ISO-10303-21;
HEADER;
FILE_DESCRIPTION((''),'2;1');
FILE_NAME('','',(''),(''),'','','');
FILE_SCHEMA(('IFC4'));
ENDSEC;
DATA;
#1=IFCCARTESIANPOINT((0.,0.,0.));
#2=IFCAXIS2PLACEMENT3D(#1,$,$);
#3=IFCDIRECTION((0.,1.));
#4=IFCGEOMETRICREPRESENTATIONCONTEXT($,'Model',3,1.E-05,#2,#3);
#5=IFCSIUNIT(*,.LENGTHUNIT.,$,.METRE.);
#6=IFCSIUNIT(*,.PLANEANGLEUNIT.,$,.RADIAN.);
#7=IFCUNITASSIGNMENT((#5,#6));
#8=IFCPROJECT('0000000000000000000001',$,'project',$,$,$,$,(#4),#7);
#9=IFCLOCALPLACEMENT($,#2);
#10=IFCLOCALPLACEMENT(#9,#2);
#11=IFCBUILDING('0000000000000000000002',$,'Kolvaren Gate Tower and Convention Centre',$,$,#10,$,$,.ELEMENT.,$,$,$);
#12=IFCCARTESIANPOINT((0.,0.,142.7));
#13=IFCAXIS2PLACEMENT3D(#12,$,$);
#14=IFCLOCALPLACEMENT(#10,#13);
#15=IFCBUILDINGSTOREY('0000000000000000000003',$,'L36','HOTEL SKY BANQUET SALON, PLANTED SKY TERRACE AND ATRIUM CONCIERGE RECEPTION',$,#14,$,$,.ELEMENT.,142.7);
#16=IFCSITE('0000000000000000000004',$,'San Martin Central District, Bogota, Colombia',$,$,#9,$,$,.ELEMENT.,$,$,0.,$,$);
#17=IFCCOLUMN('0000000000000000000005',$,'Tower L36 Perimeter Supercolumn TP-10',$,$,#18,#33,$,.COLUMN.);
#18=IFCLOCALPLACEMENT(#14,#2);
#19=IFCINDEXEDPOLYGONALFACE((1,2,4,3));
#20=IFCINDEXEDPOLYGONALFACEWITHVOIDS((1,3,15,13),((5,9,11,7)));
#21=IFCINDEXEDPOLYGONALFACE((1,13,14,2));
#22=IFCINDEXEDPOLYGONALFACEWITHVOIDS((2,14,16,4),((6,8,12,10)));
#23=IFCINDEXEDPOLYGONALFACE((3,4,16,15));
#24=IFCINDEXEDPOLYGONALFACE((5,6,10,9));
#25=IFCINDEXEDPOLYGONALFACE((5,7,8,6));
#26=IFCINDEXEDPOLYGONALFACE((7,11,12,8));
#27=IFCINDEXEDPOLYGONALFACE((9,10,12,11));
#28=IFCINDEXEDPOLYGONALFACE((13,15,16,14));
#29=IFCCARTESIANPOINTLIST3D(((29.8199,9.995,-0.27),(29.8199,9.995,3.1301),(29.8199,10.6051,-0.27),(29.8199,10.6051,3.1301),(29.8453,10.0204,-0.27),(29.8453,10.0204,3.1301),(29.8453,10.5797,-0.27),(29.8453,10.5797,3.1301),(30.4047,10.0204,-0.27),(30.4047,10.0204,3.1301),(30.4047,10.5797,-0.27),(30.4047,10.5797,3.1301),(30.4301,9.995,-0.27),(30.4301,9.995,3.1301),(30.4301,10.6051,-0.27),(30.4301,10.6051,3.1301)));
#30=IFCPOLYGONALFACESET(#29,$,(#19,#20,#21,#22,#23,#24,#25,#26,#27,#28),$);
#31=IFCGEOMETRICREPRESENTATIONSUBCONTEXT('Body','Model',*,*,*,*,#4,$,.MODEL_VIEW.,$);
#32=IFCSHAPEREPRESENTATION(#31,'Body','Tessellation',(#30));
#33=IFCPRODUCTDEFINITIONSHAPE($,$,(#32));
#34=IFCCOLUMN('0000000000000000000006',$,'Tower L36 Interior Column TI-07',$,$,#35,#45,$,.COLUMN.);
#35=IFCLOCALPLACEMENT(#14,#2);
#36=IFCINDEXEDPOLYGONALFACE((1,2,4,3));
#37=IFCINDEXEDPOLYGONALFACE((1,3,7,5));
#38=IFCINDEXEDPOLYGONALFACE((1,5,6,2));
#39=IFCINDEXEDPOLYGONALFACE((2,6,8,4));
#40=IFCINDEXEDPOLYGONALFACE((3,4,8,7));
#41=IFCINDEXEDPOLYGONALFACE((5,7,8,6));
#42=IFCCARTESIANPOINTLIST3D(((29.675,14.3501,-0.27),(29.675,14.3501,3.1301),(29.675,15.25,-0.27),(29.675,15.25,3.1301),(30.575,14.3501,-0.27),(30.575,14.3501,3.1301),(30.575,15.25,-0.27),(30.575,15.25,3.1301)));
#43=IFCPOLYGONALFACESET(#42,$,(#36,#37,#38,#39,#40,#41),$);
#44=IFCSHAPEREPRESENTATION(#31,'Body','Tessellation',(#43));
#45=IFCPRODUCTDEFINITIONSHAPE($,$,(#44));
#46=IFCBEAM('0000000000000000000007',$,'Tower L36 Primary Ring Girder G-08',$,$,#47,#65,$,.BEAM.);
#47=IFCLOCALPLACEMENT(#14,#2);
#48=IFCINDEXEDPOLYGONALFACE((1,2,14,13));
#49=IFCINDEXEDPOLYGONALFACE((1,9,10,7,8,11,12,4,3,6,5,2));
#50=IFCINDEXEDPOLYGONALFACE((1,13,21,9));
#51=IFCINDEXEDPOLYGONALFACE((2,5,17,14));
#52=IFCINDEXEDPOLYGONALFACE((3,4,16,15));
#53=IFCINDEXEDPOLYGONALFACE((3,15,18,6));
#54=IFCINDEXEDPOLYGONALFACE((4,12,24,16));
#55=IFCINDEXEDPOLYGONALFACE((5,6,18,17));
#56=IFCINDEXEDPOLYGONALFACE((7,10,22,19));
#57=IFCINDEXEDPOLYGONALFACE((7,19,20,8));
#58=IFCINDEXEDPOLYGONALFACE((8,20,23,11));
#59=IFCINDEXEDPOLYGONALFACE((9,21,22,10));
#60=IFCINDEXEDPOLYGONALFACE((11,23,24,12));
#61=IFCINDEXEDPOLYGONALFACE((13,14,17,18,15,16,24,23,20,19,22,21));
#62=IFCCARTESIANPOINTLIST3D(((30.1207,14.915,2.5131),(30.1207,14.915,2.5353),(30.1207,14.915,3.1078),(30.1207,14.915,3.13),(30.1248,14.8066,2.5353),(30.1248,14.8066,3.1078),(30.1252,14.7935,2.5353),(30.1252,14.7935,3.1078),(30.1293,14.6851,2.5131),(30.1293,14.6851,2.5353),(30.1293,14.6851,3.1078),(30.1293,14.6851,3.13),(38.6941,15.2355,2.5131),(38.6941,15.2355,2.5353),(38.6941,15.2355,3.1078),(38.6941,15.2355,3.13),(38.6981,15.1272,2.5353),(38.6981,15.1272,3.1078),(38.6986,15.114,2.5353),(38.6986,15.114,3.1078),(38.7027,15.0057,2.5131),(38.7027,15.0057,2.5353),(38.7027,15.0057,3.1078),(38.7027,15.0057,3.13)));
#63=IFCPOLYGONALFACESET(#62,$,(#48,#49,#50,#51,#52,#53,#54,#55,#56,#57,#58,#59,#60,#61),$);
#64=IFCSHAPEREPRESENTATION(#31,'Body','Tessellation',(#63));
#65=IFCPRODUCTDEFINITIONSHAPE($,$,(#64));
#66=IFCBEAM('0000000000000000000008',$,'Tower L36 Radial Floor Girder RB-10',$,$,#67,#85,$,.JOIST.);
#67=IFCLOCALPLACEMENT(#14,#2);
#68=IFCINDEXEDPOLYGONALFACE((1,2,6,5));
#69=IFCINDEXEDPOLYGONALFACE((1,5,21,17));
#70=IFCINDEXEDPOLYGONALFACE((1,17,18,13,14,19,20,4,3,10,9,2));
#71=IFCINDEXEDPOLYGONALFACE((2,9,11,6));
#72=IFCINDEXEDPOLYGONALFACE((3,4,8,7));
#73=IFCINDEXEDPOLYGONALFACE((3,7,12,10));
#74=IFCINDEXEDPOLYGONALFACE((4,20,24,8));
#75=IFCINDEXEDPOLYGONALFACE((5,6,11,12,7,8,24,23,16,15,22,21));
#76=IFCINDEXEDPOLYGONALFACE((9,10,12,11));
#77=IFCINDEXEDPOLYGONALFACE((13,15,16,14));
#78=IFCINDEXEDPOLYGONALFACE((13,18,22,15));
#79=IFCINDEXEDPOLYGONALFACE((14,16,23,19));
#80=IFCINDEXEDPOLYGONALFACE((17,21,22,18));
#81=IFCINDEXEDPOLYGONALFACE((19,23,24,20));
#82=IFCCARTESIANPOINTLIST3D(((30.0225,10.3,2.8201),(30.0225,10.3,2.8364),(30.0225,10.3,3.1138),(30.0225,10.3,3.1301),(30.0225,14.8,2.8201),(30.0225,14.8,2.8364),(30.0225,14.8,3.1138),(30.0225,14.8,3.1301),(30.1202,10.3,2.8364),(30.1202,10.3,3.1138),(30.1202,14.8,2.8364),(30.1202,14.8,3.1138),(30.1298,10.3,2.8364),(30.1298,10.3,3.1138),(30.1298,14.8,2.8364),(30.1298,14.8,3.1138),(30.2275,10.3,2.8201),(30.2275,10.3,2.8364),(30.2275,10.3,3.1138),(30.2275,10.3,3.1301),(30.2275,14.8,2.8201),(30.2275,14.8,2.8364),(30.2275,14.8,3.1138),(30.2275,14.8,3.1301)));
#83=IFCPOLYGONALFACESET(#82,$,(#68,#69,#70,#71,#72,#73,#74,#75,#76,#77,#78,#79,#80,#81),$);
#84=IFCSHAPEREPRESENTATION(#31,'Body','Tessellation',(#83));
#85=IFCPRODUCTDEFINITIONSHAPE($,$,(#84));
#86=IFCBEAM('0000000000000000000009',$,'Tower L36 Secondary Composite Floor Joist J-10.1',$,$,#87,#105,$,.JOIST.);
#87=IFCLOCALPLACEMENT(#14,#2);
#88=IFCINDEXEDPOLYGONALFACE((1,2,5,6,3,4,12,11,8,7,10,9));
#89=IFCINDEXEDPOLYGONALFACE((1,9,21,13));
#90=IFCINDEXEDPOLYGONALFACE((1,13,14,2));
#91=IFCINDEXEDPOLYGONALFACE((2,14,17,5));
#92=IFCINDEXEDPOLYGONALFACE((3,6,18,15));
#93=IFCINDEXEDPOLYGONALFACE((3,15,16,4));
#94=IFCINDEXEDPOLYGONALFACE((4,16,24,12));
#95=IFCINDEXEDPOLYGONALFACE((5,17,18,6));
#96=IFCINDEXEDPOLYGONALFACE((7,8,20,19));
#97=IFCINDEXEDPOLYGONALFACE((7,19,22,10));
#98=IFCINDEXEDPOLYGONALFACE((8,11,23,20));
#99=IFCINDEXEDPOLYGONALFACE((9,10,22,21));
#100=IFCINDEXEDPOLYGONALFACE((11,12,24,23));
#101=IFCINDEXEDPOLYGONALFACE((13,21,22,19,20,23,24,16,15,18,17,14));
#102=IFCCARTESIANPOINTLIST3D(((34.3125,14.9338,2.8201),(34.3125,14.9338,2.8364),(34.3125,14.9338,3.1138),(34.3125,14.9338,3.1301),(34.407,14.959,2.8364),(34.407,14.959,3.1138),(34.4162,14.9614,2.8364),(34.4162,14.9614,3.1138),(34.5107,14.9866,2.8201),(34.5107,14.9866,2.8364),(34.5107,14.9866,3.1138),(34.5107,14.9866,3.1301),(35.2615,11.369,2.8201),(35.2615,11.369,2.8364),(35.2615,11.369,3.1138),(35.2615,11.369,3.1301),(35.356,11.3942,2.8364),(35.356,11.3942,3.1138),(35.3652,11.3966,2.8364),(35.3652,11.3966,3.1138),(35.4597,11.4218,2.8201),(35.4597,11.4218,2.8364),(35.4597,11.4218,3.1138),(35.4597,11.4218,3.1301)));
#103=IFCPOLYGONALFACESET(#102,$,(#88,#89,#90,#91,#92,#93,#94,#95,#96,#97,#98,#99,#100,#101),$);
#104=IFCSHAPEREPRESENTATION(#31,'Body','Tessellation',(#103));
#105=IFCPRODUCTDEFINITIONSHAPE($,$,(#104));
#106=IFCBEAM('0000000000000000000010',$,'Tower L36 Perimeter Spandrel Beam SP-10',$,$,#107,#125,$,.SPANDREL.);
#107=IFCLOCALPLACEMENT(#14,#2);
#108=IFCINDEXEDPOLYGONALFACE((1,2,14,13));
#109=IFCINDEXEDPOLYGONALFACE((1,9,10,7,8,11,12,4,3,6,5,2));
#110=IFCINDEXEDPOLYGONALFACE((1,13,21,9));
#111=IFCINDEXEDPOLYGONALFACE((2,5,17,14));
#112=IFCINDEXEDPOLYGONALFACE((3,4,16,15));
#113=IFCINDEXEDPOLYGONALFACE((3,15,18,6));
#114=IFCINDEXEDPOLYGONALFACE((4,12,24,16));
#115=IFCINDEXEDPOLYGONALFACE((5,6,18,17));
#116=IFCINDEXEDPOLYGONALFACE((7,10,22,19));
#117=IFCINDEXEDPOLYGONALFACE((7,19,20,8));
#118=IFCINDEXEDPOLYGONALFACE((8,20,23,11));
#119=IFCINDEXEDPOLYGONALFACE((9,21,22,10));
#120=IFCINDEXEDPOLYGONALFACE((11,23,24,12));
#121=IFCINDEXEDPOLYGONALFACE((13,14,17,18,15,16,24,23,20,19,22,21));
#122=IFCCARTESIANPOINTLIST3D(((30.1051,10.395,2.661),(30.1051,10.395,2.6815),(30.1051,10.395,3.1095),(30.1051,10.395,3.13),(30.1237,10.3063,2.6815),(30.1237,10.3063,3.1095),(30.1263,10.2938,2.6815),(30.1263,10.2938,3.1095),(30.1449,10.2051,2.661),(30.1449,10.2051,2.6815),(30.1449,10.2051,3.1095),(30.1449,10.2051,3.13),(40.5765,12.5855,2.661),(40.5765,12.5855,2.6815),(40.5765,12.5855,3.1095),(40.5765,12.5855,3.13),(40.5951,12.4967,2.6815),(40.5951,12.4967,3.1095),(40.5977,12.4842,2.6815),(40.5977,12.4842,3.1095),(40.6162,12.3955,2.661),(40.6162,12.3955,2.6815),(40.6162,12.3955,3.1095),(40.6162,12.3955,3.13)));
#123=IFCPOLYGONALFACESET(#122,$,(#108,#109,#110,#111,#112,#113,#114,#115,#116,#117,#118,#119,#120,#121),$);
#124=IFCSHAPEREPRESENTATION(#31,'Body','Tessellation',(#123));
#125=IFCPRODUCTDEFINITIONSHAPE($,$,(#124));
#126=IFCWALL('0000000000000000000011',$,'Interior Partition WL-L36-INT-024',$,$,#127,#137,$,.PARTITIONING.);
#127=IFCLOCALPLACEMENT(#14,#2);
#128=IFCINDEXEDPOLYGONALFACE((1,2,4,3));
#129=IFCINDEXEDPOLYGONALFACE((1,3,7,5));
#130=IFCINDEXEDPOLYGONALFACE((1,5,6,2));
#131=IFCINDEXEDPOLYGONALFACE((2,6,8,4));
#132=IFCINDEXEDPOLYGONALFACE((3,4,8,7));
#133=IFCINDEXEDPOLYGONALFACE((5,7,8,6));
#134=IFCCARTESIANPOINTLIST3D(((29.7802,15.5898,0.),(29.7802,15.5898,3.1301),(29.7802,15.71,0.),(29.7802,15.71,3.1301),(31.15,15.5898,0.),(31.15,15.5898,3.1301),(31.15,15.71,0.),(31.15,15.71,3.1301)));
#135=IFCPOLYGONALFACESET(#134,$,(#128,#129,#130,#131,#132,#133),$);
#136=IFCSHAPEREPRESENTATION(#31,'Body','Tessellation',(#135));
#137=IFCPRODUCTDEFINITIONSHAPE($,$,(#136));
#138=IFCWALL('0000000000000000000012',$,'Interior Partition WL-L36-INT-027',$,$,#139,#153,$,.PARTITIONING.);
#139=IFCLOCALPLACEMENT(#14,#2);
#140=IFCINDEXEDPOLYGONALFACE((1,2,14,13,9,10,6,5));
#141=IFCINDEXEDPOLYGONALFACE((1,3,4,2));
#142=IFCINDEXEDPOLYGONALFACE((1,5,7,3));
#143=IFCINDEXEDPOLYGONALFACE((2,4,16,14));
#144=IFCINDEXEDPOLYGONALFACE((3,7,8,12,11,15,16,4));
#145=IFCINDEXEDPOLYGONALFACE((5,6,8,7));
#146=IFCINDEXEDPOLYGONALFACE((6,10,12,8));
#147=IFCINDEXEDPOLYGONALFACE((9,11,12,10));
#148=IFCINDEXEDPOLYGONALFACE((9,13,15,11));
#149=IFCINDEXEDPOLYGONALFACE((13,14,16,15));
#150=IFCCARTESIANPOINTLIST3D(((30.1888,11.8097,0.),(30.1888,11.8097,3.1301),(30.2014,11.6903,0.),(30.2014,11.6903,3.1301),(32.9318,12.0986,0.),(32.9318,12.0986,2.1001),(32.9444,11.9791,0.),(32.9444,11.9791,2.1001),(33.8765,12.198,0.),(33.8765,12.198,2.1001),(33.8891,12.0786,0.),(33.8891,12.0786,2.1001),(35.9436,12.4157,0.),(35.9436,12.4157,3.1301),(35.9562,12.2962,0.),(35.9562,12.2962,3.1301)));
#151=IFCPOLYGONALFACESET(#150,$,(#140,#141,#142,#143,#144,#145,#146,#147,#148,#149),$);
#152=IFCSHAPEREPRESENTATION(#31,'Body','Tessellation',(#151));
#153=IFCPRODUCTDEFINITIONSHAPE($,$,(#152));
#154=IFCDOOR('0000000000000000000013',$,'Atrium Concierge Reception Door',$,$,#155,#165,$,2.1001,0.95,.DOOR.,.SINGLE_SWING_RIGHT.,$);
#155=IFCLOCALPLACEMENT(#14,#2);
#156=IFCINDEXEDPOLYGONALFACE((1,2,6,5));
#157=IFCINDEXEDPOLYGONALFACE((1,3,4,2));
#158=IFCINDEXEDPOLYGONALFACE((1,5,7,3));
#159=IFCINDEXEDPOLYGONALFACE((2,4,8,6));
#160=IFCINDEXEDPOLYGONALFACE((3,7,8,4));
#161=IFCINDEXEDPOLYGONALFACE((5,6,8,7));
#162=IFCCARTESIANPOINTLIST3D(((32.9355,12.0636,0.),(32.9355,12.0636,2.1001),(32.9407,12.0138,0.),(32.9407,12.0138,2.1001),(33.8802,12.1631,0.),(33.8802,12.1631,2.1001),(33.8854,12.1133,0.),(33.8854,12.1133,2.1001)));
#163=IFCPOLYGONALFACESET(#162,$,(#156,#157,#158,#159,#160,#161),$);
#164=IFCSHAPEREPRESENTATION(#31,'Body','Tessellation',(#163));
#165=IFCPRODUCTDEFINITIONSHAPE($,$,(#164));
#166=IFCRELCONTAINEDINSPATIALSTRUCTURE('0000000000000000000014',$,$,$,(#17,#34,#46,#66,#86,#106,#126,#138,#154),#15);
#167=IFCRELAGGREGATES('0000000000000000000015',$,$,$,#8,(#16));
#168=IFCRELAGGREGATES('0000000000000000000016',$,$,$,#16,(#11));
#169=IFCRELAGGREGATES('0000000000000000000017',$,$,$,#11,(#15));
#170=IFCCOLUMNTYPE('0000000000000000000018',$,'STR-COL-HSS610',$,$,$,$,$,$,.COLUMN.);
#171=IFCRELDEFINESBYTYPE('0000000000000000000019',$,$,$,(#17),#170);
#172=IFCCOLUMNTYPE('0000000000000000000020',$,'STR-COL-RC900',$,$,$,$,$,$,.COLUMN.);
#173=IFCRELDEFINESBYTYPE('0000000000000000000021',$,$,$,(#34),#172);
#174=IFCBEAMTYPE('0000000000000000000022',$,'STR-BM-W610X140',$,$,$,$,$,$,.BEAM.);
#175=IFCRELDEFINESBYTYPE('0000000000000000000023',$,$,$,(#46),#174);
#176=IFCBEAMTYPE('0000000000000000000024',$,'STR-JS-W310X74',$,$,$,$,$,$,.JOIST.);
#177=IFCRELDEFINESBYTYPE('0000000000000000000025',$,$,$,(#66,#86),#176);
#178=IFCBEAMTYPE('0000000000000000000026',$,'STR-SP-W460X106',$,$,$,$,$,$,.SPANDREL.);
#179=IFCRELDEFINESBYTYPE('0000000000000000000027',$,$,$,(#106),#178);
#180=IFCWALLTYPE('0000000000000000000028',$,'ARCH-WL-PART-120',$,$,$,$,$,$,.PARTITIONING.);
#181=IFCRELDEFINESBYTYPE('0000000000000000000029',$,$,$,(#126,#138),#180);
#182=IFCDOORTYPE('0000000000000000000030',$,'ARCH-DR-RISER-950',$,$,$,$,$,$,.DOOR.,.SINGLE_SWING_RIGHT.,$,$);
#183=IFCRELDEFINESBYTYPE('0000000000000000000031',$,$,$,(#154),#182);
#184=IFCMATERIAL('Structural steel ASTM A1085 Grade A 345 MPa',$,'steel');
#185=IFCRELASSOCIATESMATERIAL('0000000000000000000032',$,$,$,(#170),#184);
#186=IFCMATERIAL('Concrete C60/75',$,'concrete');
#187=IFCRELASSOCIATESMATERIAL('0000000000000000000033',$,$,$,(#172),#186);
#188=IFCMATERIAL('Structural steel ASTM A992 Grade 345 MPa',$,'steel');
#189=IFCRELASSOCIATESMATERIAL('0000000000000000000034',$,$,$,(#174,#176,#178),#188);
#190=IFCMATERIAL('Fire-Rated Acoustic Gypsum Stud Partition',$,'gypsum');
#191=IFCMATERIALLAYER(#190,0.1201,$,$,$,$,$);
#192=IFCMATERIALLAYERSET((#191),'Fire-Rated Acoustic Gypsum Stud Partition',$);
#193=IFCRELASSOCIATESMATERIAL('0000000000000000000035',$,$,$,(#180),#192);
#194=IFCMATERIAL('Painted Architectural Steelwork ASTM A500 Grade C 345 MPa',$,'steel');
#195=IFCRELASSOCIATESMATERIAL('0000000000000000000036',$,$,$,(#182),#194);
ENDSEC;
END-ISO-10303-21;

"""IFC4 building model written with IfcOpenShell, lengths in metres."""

from ifc_helpers import new_model, si_unit, direction, frame, frame_2d, origin, origin_2d, place, context, subcontext, project, spatial, rectangle, hollow_rectangle, i_section, extrude, material, layer, layer_set, material_profile, profile_set, type_object, element, fill, save


model = new_model("IFC4")

# Units and contexts
model_context = context("Model", 3, precision=1e-05, world=origin(), true_north=direction((0.0, 1.0)))
body_context = subcontext(model_context, "Body", "Model", "MODEL_VIEW")
ifc_project = project(units=[si_unit("LENGTHUNIT", "METRE"), si_unit("PLANEANGLEUNIT", "RADIAN")], contexts=[model_context])

# Site, building, storey
site_placement = place(None, origin())
site = spatial("IfcSite", under=ifc_project, at=site_placement, Name="San Martin Central District, Bogota, Colombia", CompositionType="ELEMENT", RefElevation=0.0)
building_placement = place(site_placement, origin())
building = spatial("IfcBuilding", under=site, at=building_placement, Name="Kolvaren Gate Tower and Convention Centre", CompositionType="ELEMENT")
storey_placement = place(building_placement, frame((0.0, 0.0, 142.7)))
storey = spatial("IfcBuildingStorey", under=building, at=storey_placement, Name="L36", Description="HOTEL SKY BANQUET SALON, PLANTED SKY TERRACE AND ATRIUM CONCIERGE RECEPTION", CompositionType="ELEMENT", Elevation=142.7)

# Columns
ifc_material_1 = material(Name="Structural steel ASTM A1085 Grade A 345 MPa", Category="steel")
ifc_material_profile_1 = material_profile(ifc_material_1, hollow_rectangle(XDim=0.6101, YDim=0.6101, WallThickness=0.0254, at=origin_2d()), Name="HSS610X610X25.4")
ifc_profile_set_1 = profile_set([ifc_material_profile_1], Name="Structural steel ASTM A1085 Grade A 345 MPa")
column_type_1 = type_object("IfcColumnType", Name="STR-COL-HSS610", PredefinedType="COLUMN", material=ifc_profile_set_1)
column_1_placement = place(storey_placement, frame((30.125, 10.3, -0.27), z_axis=(0.0, 0.0, 1.0), x_axis=(1.0, 0.0, 0.0)))
element("IfcColumn", 1, at=column_1_placement, inside=storey, type_object=column_type_1, Name="Tower L36 Perimeter Supercolumn TP-10", PredefinedType="COLUMN", context=body_context, shape_type="SweptSolid", body=[
    extrude(hollow_rectangle(XDim=0.6101, YDim=0.6101, WallThickness=0.0254, at=origin_2d()), origin(), (0.0, 0.0, 1.0), 3.4001),
])
ifc_material_2 = material(Name="Concrete C60/75", Category="concrete")
ifc_material_profile_2 = material_profile(ifc_material_2, rectangle(XDim=0.8999, YDim=0.8999, at=origin_2d()), Name="RC-COL-900X900")
ifc_profile_set_2 = profile_set([ifc_material_profile_2], Name="Concrete C60/75")
column_type_2 = type_object("IfcColumnType", Name="STR-COL-RC900", PredefinedType="COLUMN", material=ifc_profile_set_2)
column_2_placement = place(storey_placement, frame((30.125, 14.8, -0.27), z_axis=(0.0, 0.0, 1.0), x_axis=(1.0, 0.0, 0.0)))
element("IfcColumn", 2, at=column_2_placement, inside=storey, type_object=column_type_2, Name="Tower L36 Interior Column TI-07", PredefinedType="COLUMN", context=body_context, shape_type="SweptSolid", body=[
    extrude(rectangle(XDim=0.8999, YDim=0.8999, at=origin_2d()), origin(), (0.0, 0.0, 1.0), 3.4001),
])

# Beams
ifc_material_3 = material(Name="Structural steel ASTM A992 Grade 345 MPa", Category="steel")
ifc_material_profile_3 = material_profile(ifc_material_3, i_section(OverallWidth=0.23, OverallDepth=0.6169, WebThickness=0.0132, FlangeThickness=0.0222, at=origin_2d()), Name="W610X140")
ifc_profile_set_3 = profile_set([ifc_material_profile_3], Name="Structural steel ASTM A992 Grade 345 MPa")
beam_type_1 = type_object("IfcBeamType", Name="STR-BM-W610X140", PredefinedType="BEAM", material=ifc_profile_set_3)
beam_1_placement = place(storey_placement, frame((30.125, 14.8, 2.8215), z_axis=(0.999302, 0.037364, 0.0), x_axis=(-0.037364, 0.999302, 0.0)))
element("IfcBeam", 3, at=beam_1_placement, inside=storey, type_object=beam_type_1, Name="Tower L36 Primary Ring Girder G-08", PredefinedType="BEAM", context=body_context, shape_type="SweptSolid", body=[
    extrude(i_section(OverallWidth=0.23, OverallDepth=0.6169, WebThickness=0.0132, FlangeThickness=0.0222, at=origin_2d()), origin(), (0.0, 0.0, 1.0), 8.5793),
])
ifc_material_profile_4 = material_profile(ifc_material_3, i_section(OverallWidth=0.2051, OverallDepth=0.3101, WebThickness=0.0095, FlangeThickness=0.0164, at=origin_2d()), Name="W310X74")
ifc_profile_set_4 = profile_set([ifc_material_profile_4], Name="Structural steel ASTM A992 Grade 345 MPa")
beam_type_2 = type_object("IfcBeamType", Name="STR-JS-W310X74", PredefinedType="JOIST", material=ifc_profile_set_4)
beam_2_placement = place(storey_placement, frame((30.125, 14.8, 2.9751), z_axis=(0.0, -1.0, 0.0), x_axis=(1.0, 0.0, 0.0)))
element("IfcBeam", 4, at=beam_2_placement, inside=storey, type_object=beam_type_2, Name="Tower L36 Radial Floor Girder RB-10", PredefinedType="JOIST", context=body_context, shape_type="SweptSolid", body=[
    extrude(i_section(OverallWidth=0.2051, OverallDepth=0.3101, WebThickness=0.0095, FlangeThickness=0.0164, at=origin_2d()), origin(), (0.0, 0.0, 1.0), 4.5),
])
beam_3_placement = place(storey_placement, frame((34.4116, 14.9602, 2.9751), z_axis=(0.257238, -0.966348, 0.0), x_axis=(0.966348, 0.257238, 0.0)))
element("IfcBeam", 5, at=beam_3_placement, inside=storey, type_object=beam_type_2, Name="Tower L36 Secondary Composite Floor Joist J-10.1", PredefinedType="JOIST", context=body_context, shape_type="SweptSolid", body=[
    extrude(i_section(OverallWidth=0.2051, OverallDepth=0.3101, WebThickness=0.0095, FlangeThickness=0.0164, at=origin_2d()), origin(), (0.0, 0.0, 1.0), 3.689),
])
ifc_material_profile_5 = material_profile(ifc_material_3, i_section(OverallWidth=0.1941, OverallDepth=0.469, WebThickness=0.0127, FlangeThickness=0.0205, at=origin_2d()), Name="W460X106")
ifc_profile_set_5 = profile_set([ifc_material_profile_5], Name="Structural steel ASTM A992 Grade 345 MPa")
beam_type_3 = type_object("IfcBeamType", Name="STR-SP-W460X106", PredefinedType="SPANDREL", material=ifc_profile_set_5)
beam_4_placement = place(storey_placement, frame((30.125, 10.3, 2.8955), z_axis=(0.978814, 0.20475, 0.0), x_axis=(-0.20475, 0.978814, 0.0)))
element("IfcBeam", 6, at=beam_4_placement, inside=storey, type_object=beam_type_3, Name="Tower L36 Perimeter Spandrel Beam SP-10", PredefinedType="SPANDREL", context=body_context, shape_type="SweptSolid", body=[
    extrude(i_section(OverallWidth=0.1941, OverallDepth=0.469, WebThickness=0.0127, FlangeThickness=0.0205, at=origin_2d()), origin(), (0.0, 0.0, 1.0), 10.698),
])

# Wall
ifc_material_4 = material(Name="Fire-Rated Acoustic Gypsum Stud Partition", Category="gypsum")
ifc_layer_1 = layer(ifc_material_4, 0.1201)
ifc_layer_set_1 = layer_set([ifc_layer_1], Name="Fire-Rated Acoustic Gypsum Stud Partition")
wall_type_1 = type_object("IfcWallType", Name="ARCH-WL-PART-120", PredefinedType="PARTITIONING", material=ifc_layer_set_1)
wall_1_placement = place(storey_placement, frame((29.78, 15.6499, 0.0), z_axis=(0.0, 0.0, 1.0), x_axis=(1.0, 0.0, 0.0)))
element("IfcWall", 7, at=wall_1_placement, inside=storey, type_object=wall_type_1, Name="Interior Partition WL-L36-INT-024", PredefinedType="PARTITIONING", context=body_context, shape_type="SweptSolid", body=[
    extrude(rectangle(XDim=1.3699, YDim=0.1201, at=frame_2d((0.6851, 0.0))), origin(), (0.0, 0.0, 1.0), 3.1301),
])

# Wall, opening, door
wall_2_placement = place(storey_placement, frame((30.1951, 11.75, 0.0), z_axis=(0.0, 0.0, 1.0), x_axis=(0.994502, 0.104716, 0.0)))
wall_2 = element("IfcWall", 8, at=wall_2_placement, inside=storey, type_object=wall_type_1, Name="Interior Partition WL-L36-INT-027", PredefinedType="PARTITIONING", context=body_context, shape_type="SweptSolid", body=[
    extrude(rectangle(XDim=5.7866, YDim=0.1201, at=frame_2d((2.8933, 0.0))), origin(), (0.0, 0.0, 1.0), 3.1301),
])
opening_1_placement = place(wall_2_placement, frame((2.7581, 0.0, 0.0)))
opening_1 = element("IfcOpeningElement", 9, at=opening_1_placement, cuts=wall_2, PredefinedType="OPENING", context=body_context, shape_type="SweptSolid", body=[
    extrude(rectangle(XDim=0.95, YDim=2.1001, at=frame_2d((0.4751, 1.05))), frame((0.0, 0.0701, 0.0), z_axis=(0.0, -1.0, 0.0), x_axis=(1.0, 0.0, 0.0)), (0.0, 0.0, 1.0), 0.1401),
])
ifc_material_5 = material(Name="Painted Architectural Steelwork ASTM A500 Grade C 345 MPa", Category="steel")
door_type_1 = type_object("IfcDoorType", Name="ARCH-DR-RISER-950", OperationType="SINGLE_SWING_RIGHT", PredefinedType="DOOR", material=ifc_material_5)
door_1_placement = place(opening_1_placement, origin())
door_1 = element("IfcDoor", 10, at=door_1_placement, inside=storey, type_object=door_type_1, Name="Atrium Concierge Reception Door", OperationType="SINGLE_SWING_RIGHT", OverallHeight=2.1001, OverallWidth=0.95, PredefinedType="DOOR", context=body_context, shape_type="SweptSolid", body=[
    extrude(rectangle(XDim=0.95, YDim=2.1001, at=frame_2d((0.4751, 1.05))), frame((0.0, 0.0249, 0.0), z_axis=(0.0, -1.0, 0.0), x_axis=(1.0, 0.0, 0.0)), (0.0, 0.0, 1.0), 0.05),
])
fill(opening_1, door_1)

save(model, "model.ifc")
